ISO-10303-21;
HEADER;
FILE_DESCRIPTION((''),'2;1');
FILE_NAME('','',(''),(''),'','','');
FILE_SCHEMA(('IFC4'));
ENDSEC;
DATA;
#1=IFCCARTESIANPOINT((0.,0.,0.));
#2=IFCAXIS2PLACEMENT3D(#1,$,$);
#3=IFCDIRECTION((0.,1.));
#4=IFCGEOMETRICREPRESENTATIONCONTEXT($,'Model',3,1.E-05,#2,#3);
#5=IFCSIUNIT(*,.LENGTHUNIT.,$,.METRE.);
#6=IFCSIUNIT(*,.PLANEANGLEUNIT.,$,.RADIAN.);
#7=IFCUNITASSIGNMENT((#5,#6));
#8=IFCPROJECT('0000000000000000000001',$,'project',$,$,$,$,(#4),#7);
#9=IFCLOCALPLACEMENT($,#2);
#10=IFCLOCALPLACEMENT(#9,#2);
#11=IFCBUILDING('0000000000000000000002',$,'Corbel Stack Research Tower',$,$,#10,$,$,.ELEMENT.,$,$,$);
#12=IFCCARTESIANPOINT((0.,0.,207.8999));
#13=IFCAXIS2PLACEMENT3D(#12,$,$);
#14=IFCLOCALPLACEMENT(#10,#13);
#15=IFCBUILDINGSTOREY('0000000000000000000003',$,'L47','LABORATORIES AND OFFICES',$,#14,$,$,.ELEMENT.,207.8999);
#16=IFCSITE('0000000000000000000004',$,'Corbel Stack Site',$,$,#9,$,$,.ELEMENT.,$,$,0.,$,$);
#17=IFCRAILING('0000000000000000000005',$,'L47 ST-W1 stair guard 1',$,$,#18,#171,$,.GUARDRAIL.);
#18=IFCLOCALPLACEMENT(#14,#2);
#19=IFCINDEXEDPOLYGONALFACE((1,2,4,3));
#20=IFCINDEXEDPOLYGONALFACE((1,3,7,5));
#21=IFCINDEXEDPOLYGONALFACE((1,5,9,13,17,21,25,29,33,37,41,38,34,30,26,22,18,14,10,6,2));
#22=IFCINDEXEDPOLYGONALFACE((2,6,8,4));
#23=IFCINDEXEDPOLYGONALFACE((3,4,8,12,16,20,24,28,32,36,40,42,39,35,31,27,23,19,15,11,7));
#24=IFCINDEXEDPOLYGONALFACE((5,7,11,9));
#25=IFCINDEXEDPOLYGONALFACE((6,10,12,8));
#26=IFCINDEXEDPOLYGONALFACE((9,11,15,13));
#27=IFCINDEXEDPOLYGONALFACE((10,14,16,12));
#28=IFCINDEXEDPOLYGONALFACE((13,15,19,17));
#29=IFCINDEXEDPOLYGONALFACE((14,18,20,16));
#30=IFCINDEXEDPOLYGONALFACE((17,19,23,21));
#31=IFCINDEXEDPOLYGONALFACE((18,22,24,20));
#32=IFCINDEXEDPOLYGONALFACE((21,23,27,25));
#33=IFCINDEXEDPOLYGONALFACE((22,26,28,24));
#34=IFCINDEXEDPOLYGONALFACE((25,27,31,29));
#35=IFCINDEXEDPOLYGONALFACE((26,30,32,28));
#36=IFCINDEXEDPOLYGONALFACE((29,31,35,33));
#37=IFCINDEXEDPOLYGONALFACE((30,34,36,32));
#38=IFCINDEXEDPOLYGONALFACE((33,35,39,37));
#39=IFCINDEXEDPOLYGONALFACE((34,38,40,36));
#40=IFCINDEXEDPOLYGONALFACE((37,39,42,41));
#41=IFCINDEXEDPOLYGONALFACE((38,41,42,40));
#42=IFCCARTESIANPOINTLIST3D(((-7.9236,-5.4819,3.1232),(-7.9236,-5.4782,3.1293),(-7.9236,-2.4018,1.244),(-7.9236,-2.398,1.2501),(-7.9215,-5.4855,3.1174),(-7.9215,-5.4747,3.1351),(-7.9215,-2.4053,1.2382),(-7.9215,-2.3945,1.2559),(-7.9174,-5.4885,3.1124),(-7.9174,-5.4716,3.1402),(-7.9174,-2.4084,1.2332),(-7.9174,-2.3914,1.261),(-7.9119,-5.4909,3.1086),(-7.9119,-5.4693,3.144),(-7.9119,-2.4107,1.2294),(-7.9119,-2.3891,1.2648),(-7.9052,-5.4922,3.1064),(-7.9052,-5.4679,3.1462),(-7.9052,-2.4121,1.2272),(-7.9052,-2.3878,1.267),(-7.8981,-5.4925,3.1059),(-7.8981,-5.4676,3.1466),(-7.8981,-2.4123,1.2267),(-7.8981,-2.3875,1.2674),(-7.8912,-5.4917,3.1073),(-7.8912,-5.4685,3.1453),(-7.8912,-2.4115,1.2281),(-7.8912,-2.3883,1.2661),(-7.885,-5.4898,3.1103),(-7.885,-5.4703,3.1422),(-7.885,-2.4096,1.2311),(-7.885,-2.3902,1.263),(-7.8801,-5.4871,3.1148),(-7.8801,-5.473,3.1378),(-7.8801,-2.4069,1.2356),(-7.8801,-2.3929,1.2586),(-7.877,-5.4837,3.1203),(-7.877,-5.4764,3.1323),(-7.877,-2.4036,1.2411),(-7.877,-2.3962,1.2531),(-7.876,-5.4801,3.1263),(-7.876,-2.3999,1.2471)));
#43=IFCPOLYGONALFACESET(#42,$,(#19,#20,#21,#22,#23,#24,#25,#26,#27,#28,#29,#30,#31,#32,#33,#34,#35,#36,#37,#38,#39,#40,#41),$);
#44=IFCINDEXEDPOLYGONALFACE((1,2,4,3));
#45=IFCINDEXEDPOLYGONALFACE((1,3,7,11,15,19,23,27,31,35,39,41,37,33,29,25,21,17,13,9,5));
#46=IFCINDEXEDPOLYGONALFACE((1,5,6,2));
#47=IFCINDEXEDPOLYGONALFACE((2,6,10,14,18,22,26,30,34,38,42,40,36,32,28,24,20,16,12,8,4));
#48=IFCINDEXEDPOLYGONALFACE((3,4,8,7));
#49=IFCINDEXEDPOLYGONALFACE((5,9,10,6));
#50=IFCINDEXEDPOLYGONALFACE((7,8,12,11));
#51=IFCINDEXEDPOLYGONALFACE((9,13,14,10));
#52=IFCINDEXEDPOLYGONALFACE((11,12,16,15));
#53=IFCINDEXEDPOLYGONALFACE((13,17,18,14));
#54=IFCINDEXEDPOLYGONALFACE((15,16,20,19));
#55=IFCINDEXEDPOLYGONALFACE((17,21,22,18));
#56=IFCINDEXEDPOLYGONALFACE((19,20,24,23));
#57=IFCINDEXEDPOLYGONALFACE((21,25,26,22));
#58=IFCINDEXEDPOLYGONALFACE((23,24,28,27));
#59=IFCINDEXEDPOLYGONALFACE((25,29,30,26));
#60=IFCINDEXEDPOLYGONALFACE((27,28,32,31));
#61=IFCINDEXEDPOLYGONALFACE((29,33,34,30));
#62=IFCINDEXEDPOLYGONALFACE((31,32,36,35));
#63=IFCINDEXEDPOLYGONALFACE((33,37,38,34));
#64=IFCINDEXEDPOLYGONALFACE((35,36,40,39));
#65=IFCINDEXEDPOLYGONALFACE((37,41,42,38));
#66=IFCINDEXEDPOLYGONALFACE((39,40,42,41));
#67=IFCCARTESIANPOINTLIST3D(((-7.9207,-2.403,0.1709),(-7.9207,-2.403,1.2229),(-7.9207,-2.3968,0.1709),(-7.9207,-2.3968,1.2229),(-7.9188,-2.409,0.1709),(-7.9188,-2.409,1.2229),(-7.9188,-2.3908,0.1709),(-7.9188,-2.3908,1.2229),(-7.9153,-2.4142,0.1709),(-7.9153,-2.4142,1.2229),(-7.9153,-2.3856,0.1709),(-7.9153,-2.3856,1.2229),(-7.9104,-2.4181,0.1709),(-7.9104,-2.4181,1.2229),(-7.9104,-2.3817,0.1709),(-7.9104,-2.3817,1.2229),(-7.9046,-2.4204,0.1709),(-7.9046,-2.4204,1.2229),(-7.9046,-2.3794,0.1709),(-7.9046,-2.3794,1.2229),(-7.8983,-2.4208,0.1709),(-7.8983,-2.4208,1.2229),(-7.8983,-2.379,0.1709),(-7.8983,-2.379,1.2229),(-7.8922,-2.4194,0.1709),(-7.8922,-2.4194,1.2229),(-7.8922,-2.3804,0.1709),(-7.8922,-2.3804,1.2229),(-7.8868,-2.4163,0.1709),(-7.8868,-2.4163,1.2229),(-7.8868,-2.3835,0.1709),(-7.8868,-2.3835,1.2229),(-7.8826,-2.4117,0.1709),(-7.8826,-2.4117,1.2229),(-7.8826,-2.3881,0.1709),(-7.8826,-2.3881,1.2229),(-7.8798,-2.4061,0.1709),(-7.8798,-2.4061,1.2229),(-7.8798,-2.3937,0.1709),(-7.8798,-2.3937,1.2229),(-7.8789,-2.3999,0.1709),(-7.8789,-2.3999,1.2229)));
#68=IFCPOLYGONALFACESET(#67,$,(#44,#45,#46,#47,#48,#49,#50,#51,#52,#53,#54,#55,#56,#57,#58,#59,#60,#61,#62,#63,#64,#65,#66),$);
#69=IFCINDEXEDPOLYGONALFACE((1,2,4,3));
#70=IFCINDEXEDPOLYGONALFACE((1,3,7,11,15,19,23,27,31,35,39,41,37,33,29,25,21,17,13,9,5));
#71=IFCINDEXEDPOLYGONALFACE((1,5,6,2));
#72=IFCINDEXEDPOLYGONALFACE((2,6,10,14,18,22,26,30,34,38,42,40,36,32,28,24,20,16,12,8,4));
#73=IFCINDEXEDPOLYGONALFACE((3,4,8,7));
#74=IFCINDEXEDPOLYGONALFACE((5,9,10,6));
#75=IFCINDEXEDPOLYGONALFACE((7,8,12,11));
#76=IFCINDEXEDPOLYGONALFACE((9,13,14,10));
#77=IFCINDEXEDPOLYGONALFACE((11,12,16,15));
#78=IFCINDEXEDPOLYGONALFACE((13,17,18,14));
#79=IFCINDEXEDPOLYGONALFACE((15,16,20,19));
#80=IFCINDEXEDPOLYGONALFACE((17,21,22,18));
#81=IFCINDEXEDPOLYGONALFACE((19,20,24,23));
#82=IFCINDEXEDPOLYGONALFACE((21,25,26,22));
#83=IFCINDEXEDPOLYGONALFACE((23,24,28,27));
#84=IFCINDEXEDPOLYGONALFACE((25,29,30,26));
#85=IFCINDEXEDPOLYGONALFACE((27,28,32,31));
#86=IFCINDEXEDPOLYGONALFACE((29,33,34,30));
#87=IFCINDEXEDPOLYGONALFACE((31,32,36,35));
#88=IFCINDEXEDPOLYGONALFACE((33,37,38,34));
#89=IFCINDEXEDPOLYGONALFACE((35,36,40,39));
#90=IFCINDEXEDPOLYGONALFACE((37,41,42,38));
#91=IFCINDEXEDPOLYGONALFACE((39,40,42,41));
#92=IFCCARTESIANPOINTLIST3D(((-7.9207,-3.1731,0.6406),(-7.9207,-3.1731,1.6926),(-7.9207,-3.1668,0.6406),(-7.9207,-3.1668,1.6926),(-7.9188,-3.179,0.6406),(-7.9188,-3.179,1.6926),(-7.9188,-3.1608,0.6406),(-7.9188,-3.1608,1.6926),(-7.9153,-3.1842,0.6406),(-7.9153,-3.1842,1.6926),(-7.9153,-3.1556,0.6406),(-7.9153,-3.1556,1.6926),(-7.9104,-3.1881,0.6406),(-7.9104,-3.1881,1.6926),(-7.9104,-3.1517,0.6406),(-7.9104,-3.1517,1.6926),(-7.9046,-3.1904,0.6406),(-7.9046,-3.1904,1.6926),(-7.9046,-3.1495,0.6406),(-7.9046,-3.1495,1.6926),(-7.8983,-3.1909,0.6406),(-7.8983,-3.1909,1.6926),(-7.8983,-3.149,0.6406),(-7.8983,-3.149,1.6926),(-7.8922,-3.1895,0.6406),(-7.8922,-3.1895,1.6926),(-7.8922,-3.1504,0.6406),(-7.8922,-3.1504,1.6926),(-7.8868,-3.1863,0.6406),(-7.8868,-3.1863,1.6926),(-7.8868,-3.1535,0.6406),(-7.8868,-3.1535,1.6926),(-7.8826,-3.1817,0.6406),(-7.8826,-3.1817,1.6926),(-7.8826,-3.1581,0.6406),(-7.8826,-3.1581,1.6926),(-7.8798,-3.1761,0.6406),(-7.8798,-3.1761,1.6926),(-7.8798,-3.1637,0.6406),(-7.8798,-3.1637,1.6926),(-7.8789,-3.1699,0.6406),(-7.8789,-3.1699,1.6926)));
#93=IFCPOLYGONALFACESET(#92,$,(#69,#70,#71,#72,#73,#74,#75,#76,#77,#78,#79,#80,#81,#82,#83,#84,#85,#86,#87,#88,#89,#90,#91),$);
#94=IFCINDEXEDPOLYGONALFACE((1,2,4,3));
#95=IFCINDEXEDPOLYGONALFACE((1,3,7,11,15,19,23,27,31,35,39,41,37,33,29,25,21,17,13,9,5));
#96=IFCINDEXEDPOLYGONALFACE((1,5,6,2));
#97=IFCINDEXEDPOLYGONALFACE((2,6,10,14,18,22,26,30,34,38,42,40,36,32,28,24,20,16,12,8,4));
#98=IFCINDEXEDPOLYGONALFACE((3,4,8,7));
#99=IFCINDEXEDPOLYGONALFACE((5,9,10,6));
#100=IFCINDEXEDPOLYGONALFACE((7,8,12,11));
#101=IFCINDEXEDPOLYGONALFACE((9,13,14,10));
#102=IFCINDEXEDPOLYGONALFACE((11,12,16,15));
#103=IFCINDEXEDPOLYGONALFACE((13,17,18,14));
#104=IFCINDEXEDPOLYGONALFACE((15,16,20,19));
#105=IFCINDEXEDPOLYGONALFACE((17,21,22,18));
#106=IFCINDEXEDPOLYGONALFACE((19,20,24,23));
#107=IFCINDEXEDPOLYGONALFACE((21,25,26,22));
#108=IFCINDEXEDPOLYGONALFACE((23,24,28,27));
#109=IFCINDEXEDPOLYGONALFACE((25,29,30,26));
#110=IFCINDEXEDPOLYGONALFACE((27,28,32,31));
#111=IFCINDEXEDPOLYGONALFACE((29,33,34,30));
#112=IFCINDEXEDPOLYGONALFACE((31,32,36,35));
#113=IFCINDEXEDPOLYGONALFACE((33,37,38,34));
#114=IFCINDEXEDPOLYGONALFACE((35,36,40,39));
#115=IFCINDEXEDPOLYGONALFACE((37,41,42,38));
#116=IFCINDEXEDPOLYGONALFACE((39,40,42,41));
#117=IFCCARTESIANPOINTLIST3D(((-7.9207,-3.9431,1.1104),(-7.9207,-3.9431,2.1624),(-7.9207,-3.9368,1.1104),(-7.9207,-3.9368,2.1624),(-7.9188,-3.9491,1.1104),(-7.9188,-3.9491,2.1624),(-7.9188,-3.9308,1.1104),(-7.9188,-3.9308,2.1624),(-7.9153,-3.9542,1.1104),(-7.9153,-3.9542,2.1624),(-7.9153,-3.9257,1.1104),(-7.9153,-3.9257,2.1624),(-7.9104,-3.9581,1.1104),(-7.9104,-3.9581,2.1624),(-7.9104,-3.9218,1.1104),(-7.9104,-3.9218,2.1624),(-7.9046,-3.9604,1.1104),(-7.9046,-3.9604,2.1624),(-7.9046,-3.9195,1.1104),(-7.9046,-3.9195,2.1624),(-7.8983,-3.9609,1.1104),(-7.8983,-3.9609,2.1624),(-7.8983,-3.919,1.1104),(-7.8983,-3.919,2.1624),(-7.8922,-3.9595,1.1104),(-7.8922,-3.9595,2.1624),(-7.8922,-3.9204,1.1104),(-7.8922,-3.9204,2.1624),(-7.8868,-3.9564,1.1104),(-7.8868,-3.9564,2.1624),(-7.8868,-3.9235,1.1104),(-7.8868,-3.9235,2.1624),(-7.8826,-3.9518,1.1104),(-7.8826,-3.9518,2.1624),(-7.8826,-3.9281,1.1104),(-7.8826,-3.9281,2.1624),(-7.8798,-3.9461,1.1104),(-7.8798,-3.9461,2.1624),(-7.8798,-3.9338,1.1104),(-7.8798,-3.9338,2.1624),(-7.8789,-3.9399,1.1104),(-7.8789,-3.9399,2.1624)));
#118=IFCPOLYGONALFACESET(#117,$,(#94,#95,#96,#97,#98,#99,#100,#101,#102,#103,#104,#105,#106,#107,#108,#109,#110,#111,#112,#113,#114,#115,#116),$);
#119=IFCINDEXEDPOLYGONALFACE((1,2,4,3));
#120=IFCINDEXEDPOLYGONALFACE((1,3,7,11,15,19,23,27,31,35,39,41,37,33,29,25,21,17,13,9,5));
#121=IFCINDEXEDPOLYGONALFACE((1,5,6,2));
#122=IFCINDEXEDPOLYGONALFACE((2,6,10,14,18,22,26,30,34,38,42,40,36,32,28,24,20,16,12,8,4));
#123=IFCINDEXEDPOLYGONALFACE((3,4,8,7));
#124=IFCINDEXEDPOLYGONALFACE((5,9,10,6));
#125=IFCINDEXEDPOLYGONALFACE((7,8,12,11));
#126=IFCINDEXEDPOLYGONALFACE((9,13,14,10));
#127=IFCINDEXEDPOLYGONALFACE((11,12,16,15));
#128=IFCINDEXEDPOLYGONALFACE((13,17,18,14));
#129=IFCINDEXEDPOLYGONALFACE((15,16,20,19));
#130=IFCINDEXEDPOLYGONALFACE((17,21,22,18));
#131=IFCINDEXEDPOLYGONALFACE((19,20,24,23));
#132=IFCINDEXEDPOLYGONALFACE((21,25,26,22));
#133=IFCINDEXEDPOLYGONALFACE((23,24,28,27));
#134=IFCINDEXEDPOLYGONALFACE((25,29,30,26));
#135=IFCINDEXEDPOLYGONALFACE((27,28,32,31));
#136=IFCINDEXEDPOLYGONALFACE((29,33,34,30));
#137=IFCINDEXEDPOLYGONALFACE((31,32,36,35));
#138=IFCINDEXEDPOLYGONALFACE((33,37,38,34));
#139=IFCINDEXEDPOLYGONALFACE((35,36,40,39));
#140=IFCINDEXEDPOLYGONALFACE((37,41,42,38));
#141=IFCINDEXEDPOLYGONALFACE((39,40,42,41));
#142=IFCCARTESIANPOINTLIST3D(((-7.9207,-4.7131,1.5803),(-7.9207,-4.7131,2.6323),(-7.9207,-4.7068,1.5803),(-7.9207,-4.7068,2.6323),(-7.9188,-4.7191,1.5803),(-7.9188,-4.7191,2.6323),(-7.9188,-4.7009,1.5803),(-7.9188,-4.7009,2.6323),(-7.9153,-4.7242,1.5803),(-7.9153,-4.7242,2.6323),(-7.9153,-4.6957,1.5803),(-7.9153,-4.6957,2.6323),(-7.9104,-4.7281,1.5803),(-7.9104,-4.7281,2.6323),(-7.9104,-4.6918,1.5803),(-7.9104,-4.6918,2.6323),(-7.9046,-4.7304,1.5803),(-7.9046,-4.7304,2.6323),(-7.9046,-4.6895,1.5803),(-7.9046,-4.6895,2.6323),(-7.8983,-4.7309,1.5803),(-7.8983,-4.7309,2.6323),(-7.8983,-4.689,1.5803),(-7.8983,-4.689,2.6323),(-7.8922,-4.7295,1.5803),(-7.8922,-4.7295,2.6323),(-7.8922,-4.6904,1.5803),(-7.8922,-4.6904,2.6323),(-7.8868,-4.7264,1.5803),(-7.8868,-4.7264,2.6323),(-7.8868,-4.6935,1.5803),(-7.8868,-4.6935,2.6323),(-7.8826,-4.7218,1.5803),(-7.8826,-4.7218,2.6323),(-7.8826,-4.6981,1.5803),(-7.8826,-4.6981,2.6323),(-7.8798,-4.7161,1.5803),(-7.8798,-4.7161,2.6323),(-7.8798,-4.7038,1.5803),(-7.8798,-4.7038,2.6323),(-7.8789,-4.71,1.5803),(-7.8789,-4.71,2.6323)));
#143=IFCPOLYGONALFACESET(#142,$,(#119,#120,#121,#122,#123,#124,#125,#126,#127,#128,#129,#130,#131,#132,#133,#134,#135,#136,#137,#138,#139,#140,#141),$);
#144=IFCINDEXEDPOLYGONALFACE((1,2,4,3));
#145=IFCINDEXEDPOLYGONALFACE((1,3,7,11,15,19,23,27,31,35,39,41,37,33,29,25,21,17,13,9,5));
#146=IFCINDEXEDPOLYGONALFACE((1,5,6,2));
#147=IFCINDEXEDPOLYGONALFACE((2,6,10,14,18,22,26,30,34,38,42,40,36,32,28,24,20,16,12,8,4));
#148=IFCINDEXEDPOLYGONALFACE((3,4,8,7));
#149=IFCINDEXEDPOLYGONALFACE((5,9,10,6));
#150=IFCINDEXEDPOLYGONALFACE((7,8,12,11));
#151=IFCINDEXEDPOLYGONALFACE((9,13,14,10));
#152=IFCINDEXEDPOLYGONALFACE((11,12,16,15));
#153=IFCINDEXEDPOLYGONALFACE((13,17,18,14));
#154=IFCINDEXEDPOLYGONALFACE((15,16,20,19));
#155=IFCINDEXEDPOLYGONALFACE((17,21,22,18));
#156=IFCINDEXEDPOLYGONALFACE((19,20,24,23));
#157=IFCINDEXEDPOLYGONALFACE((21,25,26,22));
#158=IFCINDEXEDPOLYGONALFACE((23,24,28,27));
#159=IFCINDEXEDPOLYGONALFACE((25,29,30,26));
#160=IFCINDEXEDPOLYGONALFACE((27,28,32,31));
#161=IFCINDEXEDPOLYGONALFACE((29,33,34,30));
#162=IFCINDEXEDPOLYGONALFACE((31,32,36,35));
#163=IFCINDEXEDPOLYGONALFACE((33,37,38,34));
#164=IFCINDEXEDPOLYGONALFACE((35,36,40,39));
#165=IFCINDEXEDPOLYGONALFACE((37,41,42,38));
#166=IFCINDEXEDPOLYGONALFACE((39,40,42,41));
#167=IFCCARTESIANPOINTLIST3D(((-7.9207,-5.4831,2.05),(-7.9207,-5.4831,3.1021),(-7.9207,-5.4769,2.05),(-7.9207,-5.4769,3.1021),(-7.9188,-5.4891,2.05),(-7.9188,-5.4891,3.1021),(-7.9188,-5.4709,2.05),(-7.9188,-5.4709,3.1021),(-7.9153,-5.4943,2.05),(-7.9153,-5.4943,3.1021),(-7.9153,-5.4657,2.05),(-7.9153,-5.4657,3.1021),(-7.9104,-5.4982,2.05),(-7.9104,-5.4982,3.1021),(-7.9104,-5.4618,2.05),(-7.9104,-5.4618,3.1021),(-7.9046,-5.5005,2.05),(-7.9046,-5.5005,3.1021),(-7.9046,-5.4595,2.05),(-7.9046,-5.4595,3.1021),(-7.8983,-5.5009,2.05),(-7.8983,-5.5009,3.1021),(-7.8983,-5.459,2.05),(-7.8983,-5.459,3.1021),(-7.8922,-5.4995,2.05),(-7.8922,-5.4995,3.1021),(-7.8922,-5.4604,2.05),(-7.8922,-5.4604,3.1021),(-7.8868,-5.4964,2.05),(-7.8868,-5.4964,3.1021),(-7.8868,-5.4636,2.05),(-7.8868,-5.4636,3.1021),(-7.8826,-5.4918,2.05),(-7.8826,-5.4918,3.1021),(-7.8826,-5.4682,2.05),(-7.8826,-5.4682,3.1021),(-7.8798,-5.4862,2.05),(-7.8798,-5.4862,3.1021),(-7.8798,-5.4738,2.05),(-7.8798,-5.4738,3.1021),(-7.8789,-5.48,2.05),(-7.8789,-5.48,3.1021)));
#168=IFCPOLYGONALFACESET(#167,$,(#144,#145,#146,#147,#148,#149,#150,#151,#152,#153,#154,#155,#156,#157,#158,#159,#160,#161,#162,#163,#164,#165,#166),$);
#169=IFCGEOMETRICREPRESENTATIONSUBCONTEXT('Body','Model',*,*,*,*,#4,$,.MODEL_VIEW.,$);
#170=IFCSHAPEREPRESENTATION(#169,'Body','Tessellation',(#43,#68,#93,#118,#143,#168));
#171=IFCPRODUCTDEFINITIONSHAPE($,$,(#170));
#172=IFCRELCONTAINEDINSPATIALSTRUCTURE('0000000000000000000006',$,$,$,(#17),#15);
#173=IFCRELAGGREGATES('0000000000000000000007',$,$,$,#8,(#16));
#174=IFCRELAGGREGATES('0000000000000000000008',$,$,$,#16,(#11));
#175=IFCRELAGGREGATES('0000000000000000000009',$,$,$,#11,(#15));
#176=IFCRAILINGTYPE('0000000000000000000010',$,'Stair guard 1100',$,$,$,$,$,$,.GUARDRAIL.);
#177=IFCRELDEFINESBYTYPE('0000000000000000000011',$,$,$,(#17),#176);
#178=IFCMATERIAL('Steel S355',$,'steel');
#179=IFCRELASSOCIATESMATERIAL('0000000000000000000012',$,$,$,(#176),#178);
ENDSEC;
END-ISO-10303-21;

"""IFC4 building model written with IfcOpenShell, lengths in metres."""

from ifc_helpers import new_model, si_unit, direction, frame, origin, origin_2d, place, context, subcontext, project, spatial, circle, extrude, material, type_object, element, save


model = new_model("IFC4")

# Units and contexts
model_context = context("Model", 3, precision=1e-05, world=origin(), true_north=direction((0.0, 1.0)))
body_context = subcontext(model_context, "Body", "Model", "MODEL_VIEW")
ifc_project = project(units=[si_unit("LENGTHUNIT", "METRE"), si_unit("PLANEANGLEUNIT", "RADIAN")], contexts=[model_context])

# Site, building, storey
site_placement = place(None, origin())
site = spatial("IfcSite", under=ifc_project, at=site_placement, Name="Corbel Stack Site", CompositionType="ELEMENT", RefElevation=0.0)
building_placement = place(site_placement, origin())
building = spatial("IfcBuilding", under=site, at=building_placement, Name="Corbel Stack Research Tower", CompositionType="ELEMENT")
storey_placement = place(building_placement, frame((0.0, 0.0, 207.8999)))
storey = spatial("IfcBuildingStorey", under=building, at=storey_placement, Name="L47", Description="LABORATORIES AND OFFICES", CompositionType="ELEMENT", Elevation=207.8999)

# Railing
ifc_material_1 = material(Name="Steel S355", Category="steel")
railing_type_1 = type_object("IfcRailingType", Name="Stair guard 1100", PredefinedType="GUARDRAIL", material=ifc_material_1)
railing_1_placement = place(storey_placement, frame((-7.8999, -2.3999, 0.1709)))
element("IfcRailing", 1, at=railing_1_placement, inside=storey, type_object=railing_type_1, Name="L47 ST-W1 stair guard 1", PredefinedType="GUARDRAIL", context=body_context, shape_type="SweptSolid", body=[
    extrude(circle(Radius=0.0239, at=origin_2d()), frame((0.0, 0.0, 1.0762), z_axis=(0.0, -0.853666, 0.52082), x_axis=(1.0, 0.0, 0.0)), (0.0, 0.0, 1.0), 3.6082),
    extrude(circle(Radius=0.021, at=origin_2d()), origin(), (0.0, 0.0, 1.0), 1.052),
    extrude(circle(Radius=0.021, at=origin_2d()), frame((0.0, -0.77, 0.4697)), (0.0, 0.0, 1.0), 1.052),
    extrude(circle(Radius=0.021, at=origin_2d()), frame((0.0, -1.54, 0.9395)), (0.0, 0.0, 1.0), 1.052),
    extrude(circle(Radius=0.021, at=origin_2d()), frame((0.0, -2.3101, 1.4094)), (0.0, 0.0, 1.0), 1.052),
    extrude(circle(Radius=0.021, at=origin_2d()), frame((0.0, -3.0801, 1.8792)), (0.0, 0.0, 1.0), 1.052),
])

save(model, "model.ifc")
